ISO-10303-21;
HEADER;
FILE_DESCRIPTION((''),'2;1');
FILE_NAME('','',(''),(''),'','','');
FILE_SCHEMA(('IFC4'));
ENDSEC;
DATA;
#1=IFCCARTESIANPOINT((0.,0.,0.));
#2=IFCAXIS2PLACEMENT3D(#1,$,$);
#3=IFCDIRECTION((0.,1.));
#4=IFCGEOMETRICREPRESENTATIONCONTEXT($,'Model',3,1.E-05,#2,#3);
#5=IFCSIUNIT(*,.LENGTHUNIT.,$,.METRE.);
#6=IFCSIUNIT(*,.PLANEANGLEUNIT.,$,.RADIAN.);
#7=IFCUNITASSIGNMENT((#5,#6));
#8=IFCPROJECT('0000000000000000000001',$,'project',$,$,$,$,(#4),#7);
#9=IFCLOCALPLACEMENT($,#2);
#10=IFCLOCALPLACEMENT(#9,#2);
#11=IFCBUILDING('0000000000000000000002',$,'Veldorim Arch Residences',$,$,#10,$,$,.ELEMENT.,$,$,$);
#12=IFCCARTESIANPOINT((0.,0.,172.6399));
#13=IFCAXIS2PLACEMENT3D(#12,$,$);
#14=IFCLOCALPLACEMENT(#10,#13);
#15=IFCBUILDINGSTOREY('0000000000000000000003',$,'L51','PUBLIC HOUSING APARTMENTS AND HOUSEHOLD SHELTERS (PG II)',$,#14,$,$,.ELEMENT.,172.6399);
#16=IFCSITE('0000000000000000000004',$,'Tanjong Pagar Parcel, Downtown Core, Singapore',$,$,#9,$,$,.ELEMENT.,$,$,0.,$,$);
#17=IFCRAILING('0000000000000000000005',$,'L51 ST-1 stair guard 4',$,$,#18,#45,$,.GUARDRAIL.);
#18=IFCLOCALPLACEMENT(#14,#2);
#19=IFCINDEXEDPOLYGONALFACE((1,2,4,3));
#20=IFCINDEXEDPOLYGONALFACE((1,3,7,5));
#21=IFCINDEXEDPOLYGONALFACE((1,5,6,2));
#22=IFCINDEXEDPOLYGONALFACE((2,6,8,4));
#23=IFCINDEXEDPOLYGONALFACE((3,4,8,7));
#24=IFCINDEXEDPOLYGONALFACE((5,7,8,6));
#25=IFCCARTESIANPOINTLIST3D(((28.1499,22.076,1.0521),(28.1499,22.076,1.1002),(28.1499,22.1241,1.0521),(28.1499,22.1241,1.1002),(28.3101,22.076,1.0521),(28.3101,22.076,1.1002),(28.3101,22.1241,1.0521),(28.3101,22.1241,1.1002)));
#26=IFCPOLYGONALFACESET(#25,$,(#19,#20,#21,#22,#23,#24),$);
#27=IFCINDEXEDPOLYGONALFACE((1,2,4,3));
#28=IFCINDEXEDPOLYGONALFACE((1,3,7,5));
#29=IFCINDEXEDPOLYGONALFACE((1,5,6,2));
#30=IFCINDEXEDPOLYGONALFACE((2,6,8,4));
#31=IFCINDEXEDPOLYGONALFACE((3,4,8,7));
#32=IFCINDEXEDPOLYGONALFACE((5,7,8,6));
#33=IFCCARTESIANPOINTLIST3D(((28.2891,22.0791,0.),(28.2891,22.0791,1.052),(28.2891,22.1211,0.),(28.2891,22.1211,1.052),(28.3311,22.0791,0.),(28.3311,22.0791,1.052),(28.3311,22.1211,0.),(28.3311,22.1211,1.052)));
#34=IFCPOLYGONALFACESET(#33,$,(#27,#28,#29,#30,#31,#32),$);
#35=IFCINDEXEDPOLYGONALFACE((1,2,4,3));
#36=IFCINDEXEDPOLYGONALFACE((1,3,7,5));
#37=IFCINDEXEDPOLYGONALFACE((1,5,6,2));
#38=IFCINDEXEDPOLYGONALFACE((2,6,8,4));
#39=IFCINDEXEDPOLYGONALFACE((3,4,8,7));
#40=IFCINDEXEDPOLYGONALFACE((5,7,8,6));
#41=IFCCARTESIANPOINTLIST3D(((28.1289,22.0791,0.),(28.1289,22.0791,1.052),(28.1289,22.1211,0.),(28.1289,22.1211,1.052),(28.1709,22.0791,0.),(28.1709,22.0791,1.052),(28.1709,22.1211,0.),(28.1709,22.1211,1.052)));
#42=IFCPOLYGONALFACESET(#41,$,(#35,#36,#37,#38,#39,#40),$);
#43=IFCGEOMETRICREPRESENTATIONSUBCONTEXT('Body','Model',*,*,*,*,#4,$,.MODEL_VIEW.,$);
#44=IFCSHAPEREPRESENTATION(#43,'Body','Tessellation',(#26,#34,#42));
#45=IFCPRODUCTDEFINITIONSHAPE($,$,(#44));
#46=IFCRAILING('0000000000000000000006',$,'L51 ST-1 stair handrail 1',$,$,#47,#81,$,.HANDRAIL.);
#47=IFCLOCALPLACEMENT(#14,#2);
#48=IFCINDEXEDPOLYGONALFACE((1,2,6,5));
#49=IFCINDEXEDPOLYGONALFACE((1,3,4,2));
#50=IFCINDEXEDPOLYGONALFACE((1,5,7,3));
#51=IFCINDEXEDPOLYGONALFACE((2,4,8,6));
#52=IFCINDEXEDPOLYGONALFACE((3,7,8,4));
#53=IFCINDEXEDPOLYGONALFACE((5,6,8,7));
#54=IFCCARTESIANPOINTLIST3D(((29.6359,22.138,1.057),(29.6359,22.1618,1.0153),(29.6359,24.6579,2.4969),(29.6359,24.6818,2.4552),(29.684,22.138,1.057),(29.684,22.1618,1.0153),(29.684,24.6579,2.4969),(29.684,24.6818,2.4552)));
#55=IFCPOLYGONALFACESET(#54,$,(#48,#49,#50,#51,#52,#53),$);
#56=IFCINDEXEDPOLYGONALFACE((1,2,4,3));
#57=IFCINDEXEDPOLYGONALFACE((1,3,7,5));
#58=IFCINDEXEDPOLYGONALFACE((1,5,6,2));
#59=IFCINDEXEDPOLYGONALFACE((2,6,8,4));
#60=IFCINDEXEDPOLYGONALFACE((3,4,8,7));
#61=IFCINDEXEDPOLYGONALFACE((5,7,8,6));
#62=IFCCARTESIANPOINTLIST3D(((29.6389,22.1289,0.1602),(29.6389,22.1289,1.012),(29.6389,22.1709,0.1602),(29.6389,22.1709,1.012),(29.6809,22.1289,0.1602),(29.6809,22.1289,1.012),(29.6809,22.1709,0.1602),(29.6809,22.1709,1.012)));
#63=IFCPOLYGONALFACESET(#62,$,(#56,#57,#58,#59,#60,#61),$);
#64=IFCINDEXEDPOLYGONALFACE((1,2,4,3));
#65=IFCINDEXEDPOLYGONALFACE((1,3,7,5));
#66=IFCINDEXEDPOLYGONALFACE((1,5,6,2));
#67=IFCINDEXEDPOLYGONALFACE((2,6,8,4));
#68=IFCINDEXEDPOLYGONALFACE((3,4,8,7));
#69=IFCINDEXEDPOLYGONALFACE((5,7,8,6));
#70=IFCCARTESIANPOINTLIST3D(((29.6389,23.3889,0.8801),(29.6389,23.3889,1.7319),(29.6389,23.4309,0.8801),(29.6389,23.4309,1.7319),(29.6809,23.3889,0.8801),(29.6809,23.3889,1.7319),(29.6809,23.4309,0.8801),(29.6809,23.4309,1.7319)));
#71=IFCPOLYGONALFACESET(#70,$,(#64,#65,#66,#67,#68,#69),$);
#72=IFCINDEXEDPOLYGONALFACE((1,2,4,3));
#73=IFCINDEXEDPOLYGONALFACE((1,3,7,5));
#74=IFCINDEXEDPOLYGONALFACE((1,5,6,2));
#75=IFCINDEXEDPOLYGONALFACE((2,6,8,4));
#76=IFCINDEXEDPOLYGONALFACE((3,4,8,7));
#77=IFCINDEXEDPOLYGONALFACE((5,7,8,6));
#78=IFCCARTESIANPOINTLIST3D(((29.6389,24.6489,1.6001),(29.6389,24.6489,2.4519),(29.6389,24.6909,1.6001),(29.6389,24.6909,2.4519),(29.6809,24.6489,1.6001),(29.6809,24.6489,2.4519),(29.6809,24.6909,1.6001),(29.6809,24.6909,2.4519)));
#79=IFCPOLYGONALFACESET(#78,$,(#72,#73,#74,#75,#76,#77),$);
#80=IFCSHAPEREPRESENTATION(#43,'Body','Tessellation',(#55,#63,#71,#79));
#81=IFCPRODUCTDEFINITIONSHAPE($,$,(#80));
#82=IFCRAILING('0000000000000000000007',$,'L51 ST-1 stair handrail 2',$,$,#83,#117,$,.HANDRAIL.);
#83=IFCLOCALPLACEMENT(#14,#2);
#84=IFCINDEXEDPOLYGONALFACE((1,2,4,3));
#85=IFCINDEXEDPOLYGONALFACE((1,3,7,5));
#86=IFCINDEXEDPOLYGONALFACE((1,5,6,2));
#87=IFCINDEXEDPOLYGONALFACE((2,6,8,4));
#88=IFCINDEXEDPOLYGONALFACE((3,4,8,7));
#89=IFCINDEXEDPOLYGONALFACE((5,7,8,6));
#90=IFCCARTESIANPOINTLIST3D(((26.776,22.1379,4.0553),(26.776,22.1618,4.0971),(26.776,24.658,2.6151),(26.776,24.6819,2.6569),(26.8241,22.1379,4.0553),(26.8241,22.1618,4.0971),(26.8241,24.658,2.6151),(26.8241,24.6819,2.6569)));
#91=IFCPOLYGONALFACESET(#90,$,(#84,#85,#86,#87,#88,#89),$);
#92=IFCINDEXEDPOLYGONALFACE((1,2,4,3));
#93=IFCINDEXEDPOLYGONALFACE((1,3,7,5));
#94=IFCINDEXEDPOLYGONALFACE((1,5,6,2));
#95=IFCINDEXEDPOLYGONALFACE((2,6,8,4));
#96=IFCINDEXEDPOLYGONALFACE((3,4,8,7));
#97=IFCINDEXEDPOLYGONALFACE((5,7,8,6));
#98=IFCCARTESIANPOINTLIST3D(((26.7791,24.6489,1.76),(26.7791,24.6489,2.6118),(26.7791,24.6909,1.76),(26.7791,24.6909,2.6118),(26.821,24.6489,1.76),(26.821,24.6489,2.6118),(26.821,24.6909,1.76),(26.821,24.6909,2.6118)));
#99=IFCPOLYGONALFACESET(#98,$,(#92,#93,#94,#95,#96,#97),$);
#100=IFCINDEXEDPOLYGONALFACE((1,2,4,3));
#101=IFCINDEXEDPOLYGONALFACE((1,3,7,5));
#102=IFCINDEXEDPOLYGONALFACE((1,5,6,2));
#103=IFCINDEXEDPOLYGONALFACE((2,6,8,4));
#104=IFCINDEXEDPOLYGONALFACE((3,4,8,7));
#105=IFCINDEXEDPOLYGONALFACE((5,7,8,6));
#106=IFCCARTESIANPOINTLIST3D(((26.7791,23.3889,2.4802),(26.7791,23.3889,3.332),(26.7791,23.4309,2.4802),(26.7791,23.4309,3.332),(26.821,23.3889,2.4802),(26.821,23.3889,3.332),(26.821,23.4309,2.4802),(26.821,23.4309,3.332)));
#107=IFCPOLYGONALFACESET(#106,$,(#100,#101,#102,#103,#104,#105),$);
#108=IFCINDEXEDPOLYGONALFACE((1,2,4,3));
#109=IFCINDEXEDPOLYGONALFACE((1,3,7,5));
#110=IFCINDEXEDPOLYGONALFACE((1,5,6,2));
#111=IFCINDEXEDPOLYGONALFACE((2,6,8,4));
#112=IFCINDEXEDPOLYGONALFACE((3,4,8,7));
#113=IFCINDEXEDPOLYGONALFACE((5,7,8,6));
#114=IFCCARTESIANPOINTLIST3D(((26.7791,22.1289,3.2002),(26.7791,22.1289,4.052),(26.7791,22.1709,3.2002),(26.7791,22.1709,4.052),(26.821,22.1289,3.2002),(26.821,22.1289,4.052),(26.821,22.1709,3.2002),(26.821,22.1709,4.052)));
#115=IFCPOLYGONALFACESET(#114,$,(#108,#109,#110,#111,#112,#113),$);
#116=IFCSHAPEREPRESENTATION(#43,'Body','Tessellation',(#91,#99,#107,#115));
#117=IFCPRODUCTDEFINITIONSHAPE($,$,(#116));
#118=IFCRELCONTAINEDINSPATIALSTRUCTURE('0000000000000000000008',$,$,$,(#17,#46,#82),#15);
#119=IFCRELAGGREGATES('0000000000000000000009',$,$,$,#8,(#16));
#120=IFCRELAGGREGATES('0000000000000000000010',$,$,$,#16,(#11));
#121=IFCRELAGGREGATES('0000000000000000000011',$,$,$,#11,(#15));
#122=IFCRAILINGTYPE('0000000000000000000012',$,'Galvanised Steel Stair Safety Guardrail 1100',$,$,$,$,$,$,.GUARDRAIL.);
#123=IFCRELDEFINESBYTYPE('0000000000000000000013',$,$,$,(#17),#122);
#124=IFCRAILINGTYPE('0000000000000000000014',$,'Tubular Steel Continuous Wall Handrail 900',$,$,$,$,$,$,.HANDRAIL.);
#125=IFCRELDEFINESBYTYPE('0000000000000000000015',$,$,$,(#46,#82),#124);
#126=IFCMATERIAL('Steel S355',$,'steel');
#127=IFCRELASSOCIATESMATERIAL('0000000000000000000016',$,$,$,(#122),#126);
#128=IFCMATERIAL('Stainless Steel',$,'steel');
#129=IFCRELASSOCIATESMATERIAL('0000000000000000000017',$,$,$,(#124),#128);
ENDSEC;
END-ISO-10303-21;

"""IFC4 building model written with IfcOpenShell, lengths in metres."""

from ifc_helpers import new_model, si_unit, direction, frame, origin, origin_2d, place, context, subcontext, project, spatial, rectangle, extrude, material, type_object, element, save


model = new_model("IFC4")

# Units and contexts
model_context = context("Model", 3, precision=1e-05, world=origin(), true_north=direction((0.0, 1.0)))
body_context = subcontext(model_context, "Body", "Model", "MODEL_VIEW")
ifc_project = project(units=[si_unit("LENGTHUNIT", "METRE"), si_unit("PLANEANGLEUNIT", "RADIAN")], contexts=[model_context])

# Site, building, storey
site_placement = place(None, origin())
site = spatial("IfcSite", under=ifc_project, at=site_placement, Name="Tanjong Pagar Parcel, Downtown Core, Singapore", CompositionType="ELEMENT", RefElevation=0.0)
building_placement = place(site_placement, origin())
building = spatial("IfcBuilding", under=site, at=building_placement, Name="Veldorim Arch Residences", CompositionType="ELEMENT")
storey_placement = place(building_placement, frame((0.0, 0.0, 172.6399)))
storey = spatial("IfcBuildingStorey", under=building, at=storey_placement, Name="L51", Description="PUBLIC HOUSING APARTMENTS AND HOUSEHOLD SHELTERS (PG II)", CompositionType="ELEMENT", Elevation=172.6399)

# Railings
ifc_material_1 = material(Name="Steel S355", Category="steel")
railing_type_1 = type_object("IfcRailingType", Name="Galvanised Steel Stair Safety Guardrail 1100", PredefinedType="GUARDRAIL", material=ifc_material_1)
railing_1_placement = place(storey_placement, frame((28.3101, 22.1001, 0.0)))
element("IfcRailing", 1, at=railing_1_placement, inside=storey, type_object=railing_type_1, Name="L51 ST-1 stair guard 4", PredefinedType="GUARDRAIL", context=body_context, shape_type="SweptSolid", body=[
    extrude(rectangle(XDim=0.0481, YDim=0.0481, at=origin_2d()), frame((0.0, 0.0, 1.0762), z_axis=(-1.0, 0.0, 0.0), x_axis=(0.0, -1.0, 0.0)), (0.0, 0.0, 1.0), 0.1602),
    extrude(rectangle(XDim=0.042, YDim=0.042, at=origin_2d()), origin(), (0.0, 0.0, 1.0), 1.052),
    extrude(rectangle(XDim=0.042, YDim=0.042, at=origin_2d()), frame((-0.1602, 0.0, 0.0)), (0.0, 0.0, 1.0), 1.052),
])
ifc_material_2 = material(Name="Stainless Steel", Category="steel")
railing_type_2 = type_object("IfcRailingType", Name="Tubular Steel Continuous Wall Handrail 900", PredefinedType="HANDRAIL", material=ifc_material_2)
railing_2_placement = place(storey_placement, frame((29.6599, 22.1499, 0.1602)))
element("IfcRailing", 2, at=railing_2_placement, inside=storey, type_object=railing_type_2, Name="L51 ST-1 stair handrail 1", PredefinedType="HANDRAIL", context=body_context, shape_type="SweptSolid", body=[
    extrude(rectangle(XDim=0.0481, YDim=0.0481, at=origin_2d()), frame((0.0, 0.0, 0.876), z_axis=(0.0, 0.868253, 0.496121), x_axis=(-1.0, 0.0, 0.0)), (0.0, 0.0, 1.0), 2.9023),
    extrude(rectangle(XDim=0.042, YDim=0.042, at=origin_2d()), origin(), (0.0, 0.0, 1.0), 0.8518),
    extrude(rectangle(XDim=0.042, YDim=0.042, at=origin_2d()), frame((0.0, 1.26, 0.72)), (0.0, 0.0, 1.0), 0.8518),
    extrude(rectangle(XDim=0.042, YDim=0.042, at=origin_2d()), frame((0.0, 2.52, 1.4399)), (0.0, 0.0, 1.0), 0.8518),
])
railing_3_placement = place(storey_placement, frame((26.8, 24.6699, 1.76)))
element("IfcRailing", 3, at=railing_3_placement, inside=storey, type_object=railing_type_2, Name="L51 ST-1 stair handrail 2", PredefinedType="HANDRAIL", context=body_context, shape_type="SweptSolid", body=[
    extrude(rectangle(XDim=0.0481, YDim=0.0481, at=origin_2d()), frame((0.0, 0.0, 0.876), z_axis=(0.0, -0.868217, 0.496184), x_axis=(1.0, 0.0, 0.0)), (0.0, 0.0, 1.0), 2.9026),
    extrude(rectangle(XDim=0.042, YDim=0.042, at=origin_2d()), origin(), (0.0, 0.0, 1.0), 0.8518),
    extrude(rectangle(XDim=0.042, YDim=0.042, at=origin_2d()), frame((0.0, -1.26, 0.7202)), (0.0, 0.0, 1.0), 0.8518),
    extrude(rectangle(XDim=0.042, YDim=0.042, at=origin_2d()), frame((0.0, -2.52, 1.4402)), (0.0, 0.0, 1.0), 0.8518),
])

save(model, "model.ifc")
